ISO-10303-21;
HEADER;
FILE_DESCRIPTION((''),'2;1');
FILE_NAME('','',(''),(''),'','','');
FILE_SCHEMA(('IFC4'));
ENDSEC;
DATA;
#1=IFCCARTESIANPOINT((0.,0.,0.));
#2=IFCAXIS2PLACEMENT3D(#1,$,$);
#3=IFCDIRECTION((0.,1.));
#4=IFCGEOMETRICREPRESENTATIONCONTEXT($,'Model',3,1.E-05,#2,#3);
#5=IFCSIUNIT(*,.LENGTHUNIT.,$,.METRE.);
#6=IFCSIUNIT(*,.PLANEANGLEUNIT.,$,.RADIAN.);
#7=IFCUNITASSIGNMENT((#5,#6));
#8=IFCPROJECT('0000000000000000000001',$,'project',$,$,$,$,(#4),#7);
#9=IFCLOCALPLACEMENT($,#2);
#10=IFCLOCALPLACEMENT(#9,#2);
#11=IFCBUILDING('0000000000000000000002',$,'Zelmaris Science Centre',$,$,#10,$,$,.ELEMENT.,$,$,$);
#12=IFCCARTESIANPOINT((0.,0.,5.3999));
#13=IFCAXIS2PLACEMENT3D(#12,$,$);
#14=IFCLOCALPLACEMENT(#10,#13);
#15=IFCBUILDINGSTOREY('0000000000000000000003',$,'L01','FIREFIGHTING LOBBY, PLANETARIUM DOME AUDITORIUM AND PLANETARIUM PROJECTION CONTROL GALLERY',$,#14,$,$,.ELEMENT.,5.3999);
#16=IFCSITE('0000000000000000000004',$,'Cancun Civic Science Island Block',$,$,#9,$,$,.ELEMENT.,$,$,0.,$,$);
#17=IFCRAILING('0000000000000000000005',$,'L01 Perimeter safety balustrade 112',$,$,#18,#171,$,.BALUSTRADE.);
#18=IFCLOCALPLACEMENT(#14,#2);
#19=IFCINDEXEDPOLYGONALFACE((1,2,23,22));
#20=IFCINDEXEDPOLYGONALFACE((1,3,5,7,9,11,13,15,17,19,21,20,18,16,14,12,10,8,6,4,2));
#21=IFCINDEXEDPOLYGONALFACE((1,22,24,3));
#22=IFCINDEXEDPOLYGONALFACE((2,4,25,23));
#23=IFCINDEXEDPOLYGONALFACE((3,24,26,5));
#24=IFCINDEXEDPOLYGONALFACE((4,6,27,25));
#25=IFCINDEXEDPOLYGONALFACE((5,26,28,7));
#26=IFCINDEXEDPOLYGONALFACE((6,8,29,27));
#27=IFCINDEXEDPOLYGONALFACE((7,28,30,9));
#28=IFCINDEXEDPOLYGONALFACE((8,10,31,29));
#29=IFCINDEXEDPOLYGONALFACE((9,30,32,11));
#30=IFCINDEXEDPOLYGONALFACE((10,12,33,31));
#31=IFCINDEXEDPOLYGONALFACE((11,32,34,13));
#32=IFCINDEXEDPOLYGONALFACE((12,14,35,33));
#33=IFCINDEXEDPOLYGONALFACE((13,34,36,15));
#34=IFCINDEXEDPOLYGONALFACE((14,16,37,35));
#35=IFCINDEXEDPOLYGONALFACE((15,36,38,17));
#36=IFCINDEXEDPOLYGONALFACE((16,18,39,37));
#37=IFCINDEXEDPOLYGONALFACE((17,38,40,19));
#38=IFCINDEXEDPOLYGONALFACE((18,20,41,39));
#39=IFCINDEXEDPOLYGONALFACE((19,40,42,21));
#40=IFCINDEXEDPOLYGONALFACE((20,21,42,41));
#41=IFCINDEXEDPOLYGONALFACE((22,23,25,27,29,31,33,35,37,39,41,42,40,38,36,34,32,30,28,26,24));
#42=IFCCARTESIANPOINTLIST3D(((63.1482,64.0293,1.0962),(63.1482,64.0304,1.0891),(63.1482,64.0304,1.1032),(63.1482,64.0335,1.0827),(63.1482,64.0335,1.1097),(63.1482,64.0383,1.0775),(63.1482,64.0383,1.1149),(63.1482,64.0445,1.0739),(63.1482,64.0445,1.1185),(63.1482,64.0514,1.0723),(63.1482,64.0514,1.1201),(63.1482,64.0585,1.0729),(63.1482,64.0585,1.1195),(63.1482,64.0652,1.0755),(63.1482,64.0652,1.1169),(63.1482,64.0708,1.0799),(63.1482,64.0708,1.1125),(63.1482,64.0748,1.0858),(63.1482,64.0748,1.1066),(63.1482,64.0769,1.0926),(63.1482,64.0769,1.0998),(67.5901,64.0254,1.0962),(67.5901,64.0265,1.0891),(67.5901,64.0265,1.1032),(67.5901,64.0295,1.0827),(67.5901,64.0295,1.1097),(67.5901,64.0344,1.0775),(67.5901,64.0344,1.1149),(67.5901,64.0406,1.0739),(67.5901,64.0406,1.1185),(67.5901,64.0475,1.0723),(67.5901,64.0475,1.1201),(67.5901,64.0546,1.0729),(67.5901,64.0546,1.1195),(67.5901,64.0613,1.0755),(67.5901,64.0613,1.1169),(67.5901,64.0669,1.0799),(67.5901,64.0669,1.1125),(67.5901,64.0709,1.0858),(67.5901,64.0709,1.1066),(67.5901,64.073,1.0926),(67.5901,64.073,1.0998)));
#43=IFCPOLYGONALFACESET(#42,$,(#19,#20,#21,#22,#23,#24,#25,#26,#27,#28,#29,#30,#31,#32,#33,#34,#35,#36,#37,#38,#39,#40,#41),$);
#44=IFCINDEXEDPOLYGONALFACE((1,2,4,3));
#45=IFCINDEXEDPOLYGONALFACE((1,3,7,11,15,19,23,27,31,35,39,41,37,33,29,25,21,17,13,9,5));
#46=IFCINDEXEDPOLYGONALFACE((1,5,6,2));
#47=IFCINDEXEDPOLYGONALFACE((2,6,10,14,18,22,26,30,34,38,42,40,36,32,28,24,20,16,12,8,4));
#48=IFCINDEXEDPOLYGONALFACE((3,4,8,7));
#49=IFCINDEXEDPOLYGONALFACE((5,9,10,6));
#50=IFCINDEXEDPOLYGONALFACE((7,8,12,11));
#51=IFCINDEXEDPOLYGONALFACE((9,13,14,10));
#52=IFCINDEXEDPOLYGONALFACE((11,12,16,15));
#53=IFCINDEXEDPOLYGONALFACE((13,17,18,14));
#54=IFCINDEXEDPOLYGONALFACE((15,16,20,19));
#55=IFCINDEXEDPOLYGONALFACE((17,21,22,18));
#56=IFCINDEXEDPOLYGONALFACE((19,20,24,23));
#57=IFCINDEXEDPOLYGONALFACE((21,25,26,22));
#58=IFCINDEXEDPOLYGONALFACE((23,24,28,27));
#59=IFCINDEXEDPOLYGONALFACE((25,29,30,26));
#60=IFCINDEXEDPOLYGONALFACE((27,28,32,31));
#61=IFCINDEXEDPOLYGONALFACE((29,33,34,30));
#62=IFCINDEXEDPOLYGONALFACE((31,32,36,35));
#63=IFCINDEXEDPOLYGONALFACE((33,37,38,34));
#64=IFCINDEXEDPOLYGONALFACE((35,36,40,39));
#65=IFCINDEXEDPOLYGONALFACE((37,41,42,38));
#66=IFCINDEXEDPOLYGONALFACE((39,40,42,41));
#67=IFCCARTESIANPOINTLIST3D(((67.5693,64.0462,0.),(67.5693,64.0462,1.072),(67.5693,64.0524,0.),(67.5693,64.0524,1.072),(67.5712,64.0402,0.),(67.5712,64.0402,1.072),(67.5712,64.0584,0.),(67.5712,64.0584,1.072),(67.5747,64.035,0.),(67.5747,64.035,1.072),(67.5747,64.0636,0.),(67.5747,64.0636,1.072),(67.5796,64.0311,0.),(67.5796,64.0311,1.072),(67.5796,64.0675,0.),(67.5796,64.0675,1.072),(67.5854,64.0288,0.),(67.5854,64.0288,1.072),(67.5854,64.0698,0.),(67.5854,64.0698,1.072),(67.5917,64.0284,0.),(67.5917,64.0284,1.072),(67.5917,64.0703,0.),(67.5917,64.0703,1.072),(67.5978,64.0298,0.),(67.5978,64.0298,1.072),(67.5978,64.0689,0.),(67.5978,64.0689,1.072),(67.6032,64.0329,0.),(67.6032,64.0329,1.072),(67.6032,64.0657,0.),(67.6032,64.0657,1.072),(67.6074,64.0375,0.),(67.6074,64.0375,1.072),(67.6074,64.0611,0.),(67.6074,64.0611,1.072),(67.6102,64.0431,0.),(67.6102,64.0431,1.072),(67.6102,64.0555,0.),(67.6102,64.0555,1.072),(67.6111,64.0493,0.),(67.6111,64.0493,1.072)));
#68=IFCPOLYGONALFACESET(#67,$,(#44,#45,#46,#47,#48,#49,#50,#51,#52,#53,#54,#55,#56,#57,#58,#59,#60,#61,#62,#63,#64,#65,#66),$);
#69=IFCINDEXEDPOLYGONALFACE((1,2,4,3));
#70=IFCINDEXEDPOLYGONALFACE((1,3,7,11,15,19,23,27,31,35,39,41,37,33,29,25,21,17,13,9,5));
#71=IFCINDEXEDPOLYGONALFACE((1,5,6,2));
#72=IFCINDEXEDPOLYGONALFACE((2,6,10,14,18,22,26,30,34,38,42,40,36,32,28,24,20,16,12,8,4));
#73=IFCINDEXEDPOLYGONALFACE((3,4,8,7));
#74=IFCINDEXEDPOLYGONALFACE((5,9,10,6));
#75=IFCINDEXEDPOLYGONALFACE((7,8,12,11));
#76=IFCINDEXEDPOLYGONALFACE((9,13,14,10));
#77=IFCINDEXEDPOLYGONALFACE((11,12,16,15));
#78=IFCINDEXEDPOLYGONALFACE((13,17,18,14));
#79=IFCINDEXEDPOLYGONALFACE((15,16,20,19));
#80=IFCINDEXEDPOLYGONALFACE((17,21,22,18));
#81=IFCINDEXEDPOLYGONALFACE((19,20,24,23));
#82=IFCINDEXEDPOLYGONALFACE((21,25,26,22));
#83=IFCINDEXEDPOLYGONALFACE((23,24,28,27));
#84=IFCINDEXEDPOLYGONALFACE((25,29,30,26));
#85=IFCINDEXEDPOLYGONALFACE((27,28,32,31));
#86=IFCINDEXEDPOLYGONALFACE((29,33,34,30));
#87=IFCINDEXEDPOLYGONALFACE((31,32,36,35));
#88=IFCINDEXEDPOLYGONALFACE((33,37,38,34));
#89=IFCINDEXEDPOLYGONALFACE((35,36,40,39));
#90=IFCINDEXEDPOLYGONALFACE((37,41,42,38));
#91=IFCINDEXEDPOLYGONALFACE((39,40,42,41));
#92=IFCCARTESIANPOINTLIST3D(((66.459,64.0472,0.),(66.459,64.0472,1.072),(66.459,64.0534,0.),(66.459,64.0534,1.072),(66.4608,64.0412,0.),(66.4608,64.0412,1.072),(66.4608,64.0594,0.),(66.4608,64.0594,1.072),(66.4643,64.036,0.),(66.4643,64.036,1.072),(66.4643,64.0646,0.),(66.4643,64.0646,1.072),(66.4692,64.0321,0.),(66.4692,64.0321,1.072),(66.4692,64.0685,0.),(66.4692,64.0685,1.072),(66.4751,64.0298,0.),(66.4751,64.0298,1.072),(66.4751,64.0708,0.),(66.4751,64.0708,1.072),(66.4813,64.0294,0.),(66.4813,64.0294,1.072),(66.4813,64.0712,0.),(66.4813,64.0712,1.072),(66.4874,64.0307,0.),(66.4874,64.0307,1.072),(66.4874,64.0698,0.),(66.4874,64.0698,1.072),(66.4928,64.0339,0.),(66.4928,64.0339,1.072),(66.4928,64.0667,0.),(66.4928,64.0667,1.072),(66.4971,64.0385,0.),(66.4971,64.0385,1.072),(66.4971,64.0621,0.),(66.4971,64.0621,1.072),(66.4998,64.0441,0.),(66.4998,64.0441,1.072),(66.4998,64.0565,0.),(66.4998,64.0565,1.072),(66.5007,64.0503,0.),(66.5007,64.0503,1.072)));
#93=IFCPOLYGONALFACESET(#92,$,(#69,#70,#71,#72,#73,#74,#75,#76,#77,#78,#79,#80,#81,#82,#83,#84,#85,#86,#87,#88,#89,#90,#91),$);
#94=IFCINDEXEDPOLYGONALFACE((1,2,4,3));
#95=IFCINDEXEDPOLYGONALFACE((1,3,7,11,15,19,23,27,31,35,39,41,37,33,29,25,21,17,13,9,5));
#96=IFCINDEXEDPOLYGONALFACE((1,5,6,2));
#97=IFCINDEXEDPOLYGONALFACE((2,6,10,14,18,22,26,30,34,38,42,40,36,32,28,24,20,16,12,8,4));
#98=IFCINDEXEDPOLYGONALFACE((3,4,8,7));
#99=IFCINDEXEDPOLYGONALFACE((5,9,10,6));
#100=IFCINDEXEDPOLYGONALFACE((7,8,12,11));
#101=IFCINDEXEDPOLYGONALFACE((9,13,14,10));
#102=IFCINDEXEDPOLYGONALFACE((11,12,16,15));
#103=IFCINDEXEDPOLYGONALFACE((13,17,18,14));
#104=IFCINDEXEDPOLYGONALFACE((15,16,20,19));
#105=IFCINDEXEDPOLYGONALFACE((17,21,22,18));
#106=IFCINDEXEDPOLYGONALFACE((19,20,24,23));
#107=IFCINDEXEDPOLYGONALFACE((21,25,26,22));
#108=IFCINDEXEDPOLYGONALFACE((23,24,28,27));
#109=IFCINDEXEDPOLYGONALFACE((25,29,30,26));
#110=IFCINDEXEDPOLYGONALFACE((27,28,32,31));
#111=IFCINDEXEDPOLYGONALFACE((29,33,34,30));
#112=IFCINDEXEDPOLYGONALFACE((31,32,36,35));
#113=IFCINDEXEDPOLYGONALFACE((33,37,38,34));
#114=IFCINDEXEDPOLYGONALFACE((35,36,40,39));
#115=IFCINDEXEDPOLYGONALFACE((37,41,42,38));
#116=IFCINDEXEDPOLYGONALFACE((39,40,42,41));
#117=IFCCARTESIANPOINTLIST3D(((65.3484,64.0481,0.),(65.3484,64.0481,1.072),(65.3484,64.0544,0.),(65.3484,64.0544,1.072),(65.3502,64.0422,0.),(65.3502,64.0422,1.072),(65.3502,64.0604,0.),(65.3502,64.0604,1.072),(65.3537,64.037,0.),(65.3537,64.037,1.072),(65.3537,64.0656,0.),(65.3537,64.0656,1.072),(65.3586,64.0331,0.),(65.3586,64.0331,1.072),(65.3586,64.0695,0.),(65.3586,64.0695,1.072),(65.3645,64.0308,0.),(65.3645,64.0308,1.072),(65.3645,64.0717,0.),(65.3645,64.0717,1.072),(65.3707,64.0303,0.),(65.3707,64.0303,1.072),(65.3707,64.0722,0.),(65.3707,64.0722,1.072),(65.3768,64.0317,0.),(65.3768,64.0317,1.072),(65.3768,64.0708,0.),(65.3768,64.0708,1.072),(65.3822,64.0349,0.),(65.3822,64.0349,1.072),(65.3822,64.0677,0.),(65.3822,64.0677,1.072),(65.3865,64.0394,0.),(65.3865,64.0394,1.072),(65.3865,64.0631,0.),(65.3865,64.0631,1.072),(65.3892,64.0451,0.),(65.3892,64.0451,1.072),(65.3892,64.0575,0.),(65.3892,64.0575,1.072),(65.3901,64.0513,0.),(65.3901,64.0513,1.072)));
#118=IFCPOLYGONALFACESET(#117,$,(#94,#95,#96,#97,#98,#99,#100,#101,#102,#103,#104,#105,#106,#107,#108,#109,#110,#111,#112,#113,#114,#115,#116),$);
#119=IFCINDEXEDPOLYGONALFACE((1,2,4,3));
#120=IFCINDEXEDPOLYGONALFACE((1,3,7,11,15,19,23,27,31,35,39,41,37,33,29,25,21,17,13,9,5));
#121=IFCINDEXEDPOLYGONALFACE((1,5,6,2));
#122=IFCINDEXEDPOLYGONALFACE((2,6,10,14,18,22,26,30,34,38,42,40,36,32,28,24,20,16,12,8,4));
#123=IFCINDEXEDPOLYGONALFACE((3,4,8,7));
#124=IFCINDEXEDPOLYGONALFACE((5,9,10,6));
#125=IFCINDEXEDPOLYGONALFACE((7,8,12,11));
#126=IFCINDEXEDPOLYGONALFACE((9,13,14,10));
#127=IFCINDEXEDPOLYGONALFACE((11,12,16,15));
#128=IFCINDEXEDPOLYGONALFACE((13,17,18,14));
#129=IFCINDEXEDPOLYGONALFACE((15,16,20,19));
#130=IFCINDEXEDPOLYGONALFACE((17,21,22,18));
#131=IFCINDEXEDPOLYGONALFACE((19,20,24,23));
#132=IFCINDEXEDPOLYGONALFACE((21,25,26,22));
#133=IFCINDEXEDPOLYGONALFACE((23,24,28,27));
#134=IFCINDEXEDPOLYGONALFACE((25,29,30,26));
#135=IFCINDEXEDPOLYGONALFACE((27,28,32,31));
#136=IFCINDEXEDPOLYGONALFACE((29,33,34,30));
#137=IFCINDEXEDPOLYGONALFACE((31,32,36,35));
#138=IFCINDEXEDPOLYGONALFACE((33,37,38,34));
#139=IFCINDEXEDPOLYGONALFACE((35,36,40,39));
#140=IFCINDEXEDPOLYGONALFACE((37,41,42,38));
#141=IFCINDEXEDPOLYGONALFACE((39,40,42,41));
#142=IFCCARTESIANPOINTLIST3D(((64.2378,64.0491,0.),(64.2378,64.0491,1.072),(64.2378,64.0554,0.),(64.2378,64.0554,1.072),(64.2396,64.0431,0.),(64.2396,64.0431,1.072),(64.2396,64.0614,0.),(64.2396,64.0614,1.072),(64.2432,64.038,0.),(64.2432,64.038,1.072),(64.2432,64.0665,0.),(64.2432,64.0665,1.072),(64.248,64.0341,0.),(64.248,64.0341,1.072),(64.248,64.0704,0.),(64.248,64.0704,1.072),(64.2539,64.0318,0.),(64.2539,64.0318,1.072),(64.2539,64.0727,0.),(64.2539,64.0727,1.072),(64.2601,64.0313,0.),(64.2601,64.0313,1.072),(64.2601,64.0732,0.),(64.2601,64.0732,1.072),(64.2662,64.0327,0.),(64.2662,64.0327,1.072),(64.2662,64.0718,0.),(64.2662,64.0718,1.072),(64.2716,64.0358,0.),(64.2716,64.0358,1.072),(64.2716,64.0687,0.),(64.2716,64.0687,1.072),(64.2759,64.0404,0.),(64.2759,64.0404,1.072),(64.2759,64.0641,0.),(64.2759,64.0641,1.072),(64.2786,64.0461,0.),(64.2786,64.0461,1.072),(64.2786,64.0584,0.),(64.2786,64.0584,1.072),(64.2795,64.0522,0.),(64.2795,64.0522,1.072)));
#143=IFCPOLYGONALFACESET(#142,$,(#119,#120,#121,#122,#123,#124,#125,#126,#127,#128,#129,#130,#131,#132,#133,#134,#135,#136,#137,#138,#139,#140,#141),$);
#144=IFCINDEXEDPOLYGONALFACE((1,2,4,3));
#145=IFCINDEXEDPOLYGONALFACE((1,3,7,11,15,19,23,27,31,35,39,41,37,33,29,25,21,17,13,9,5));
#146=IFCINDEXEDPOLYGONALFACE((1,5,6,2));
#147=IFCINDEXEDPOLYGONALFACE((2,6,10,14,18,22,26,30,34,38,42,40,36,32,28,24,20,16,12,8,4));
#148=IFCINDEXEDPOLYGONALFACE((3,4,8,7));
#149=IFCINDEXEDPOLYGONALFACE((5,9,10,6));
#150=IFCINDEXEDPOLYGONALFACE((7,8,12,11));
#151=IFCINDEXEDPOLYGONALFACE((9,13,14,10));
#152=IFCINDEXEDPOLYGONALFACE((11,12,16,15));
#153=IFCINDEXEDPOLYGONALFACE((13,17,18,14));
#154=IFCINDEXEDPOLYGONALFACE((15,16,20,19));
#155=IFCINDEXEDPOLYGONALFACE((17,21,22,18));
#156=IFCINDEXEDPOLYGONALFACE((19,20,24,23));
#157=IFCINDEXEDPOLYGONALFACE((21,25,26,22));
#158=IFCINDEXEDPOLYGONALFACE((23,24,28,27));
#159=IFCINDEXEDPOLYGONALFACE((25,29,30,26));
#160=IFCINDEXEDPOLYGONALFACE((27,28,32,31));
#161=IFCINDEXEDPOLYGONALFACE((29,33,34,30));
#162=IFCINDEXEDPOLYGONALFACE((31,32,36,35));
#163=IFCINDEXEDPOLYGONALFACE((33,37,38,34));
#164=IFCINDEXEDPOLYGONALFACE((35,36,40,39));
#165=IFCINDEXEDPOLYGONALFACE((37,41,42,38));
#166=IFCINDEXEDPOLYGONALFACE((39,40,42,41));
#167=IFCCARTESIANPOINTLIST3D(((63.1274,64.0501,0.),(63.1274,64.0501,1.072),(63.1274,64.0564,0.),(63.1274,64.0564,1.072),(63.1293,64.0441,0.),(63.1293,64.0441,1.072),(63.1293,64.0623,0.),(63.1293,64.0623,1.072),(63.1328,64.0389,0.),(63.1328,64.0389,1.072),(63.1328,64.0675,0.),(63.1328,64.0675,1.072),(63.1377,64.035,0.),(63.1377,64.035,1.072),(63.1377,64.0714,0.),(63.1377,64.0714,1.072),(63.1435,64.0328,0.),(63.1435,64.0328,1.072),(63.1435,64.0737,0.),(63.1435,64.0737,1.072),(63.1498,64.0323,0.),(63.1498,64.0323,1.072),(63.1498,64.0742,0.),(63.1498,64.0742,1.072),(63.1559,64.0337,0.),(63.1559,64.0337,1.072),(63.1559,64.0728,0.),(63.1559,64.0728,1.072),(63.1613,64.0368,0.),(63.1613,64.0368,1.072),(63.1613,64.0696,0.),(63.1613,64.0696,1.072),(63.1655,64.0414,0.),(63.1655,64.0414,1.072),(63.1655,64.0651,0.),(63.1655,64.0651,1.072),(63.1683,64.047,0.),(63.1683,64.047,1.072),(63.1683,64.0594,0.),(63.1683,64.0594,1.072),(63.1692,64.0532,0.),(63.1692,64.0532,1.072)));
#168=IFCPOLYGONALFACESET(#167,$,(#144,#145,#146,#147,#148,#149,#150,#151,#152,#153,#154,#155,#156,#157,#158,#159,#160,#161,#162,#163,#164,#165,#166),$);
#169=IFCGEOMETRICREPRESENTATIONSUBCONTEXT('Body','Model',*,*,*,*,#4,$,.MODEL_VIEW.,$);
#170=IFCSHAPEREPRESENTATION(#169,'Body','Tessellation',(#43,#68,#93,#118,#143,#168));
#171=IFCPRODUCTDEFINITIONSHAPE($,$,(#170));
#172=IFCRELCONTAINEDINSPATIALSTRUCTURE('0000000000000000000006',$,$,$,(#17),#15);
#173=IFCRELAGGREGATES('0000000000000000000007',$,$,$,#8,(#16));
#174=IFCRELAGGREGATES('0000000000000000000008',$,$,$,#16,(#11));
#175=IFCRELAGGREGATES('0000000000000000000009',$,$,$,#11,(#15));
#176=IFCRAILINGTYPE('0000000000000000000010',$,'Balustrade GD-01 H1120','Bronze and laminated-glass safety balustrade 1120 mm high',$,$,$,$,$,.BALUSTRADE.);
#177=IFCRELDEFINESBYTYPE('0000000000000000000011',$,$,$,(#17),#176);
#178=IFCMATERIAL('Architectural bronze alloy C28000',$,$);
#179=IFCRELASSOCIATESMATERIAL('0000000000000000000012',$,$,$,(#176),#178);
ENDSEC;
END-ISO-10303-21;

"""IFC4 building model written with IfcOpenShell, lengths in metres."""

from ifc_helpers import new_model, si_unit, direction, frame, origin, origin_2d, place, context, subcontext, project, spatial, circle, extrude, material, type_object, element, save


model = new_model("IFC4")

# Units and contexts
model_context = context("Model", 3, precision=1e-05, world=origin(), true_north=direction((0.0, 1.0)))
body_context = subcontext(model_context, "Body", "Model", "MODEL_VIEW")
ifc_project = project(units=[si_unit("LENGTHUNIT", "METRE"), si_unit("PLANEANGLEUNIT", "RADIAN")], contexts=[model_context])

# Site, building, storey
site_placement = place(None, origin())
site = spatial("IfcSite", under=ifc_project, at=site_placement, Name="Cancun Civic Science Island Block", CompositionType="ELEMENT", RefElevation=0.0)
building_placement = place(site_placement, origin())
building = spatial("IfcBuilding", under=site, at=building_placement, Name="Zelmaris Science Centre", CompositionType="ELEMENT")
storey_placement = place(building_placement, frame((0.0, 0.0, 5.3999)))
storey = spatial("IfcBuildingStorey", under=building, at=storey_placement, Name="L01", Description="FIREFIGHTING LOBBY, PLANETARIUM DOME AUDITORIUM AND PLANETARIUM PROJECTION CONTROL GALLERY", CompositionType="ELEMENT", Elevation=5.3999)

# Railing
ifc_material_1 = material(Name="Architectural bronze alloy C28000")
railing_type = type_object("IfcRailingType", Name="Balustrade GD-01 H1120", Description="Bronze and laminated-glass safety balustrade 1120 mm high", PredefinedType="BALUSTRADE", material=ifc_material_1)
railing_1_placement = place(storey_placement, frame((67.5901, 64.0493, 0.0)))
element("IfcRailing", 1, at=railing_1_placement, inside=storey, type_object=railing_type, Name="L01 Perimeter safety balustrade 112", PredefinedType="BALUSTRADE", context=body_context, shape_type="SweptSolid", body=[
    extrude(circle(Radius=0.0239, at=origin_2d()), frame((0.0, 0.0, 1.0962), z_axis=(-1.0, 0.000879, 0.0), x_axis=(-0.000879, -1.0, 0.0)), (0.0, 0.0, 1.0), 4.4419),
    extrude(circle(Radius=0.021, at=origin_2d()), origin(), (0.0, 0.0, 1.0), 1.072),
    extrude(circle(Radius=0.021, at=origin_2d()), frame((-1.1104, 0.001, 0.0)), (0.0, 0.0, 1.0), 1.072),
    extrude(circle(Radius=0.021, at=origin_2d()), frame((-2.2209, 0.002, 0.0)), (0.0, 0.0, 1.0), 1.072),
    extrude(circle(Radius=0.021, at=origin_2d()), frame((-3.3315, 0.0029, 0.0)), (0.0, 0.0, 1.0), 1.072),
    extrude(circle(Radius=0.021, at=origin_2d()), frame((-4.4419, 0.0039, 0.0)), (0.0, 0.0, 1.0), 1.072),
])

save(model, "model.ifc")
